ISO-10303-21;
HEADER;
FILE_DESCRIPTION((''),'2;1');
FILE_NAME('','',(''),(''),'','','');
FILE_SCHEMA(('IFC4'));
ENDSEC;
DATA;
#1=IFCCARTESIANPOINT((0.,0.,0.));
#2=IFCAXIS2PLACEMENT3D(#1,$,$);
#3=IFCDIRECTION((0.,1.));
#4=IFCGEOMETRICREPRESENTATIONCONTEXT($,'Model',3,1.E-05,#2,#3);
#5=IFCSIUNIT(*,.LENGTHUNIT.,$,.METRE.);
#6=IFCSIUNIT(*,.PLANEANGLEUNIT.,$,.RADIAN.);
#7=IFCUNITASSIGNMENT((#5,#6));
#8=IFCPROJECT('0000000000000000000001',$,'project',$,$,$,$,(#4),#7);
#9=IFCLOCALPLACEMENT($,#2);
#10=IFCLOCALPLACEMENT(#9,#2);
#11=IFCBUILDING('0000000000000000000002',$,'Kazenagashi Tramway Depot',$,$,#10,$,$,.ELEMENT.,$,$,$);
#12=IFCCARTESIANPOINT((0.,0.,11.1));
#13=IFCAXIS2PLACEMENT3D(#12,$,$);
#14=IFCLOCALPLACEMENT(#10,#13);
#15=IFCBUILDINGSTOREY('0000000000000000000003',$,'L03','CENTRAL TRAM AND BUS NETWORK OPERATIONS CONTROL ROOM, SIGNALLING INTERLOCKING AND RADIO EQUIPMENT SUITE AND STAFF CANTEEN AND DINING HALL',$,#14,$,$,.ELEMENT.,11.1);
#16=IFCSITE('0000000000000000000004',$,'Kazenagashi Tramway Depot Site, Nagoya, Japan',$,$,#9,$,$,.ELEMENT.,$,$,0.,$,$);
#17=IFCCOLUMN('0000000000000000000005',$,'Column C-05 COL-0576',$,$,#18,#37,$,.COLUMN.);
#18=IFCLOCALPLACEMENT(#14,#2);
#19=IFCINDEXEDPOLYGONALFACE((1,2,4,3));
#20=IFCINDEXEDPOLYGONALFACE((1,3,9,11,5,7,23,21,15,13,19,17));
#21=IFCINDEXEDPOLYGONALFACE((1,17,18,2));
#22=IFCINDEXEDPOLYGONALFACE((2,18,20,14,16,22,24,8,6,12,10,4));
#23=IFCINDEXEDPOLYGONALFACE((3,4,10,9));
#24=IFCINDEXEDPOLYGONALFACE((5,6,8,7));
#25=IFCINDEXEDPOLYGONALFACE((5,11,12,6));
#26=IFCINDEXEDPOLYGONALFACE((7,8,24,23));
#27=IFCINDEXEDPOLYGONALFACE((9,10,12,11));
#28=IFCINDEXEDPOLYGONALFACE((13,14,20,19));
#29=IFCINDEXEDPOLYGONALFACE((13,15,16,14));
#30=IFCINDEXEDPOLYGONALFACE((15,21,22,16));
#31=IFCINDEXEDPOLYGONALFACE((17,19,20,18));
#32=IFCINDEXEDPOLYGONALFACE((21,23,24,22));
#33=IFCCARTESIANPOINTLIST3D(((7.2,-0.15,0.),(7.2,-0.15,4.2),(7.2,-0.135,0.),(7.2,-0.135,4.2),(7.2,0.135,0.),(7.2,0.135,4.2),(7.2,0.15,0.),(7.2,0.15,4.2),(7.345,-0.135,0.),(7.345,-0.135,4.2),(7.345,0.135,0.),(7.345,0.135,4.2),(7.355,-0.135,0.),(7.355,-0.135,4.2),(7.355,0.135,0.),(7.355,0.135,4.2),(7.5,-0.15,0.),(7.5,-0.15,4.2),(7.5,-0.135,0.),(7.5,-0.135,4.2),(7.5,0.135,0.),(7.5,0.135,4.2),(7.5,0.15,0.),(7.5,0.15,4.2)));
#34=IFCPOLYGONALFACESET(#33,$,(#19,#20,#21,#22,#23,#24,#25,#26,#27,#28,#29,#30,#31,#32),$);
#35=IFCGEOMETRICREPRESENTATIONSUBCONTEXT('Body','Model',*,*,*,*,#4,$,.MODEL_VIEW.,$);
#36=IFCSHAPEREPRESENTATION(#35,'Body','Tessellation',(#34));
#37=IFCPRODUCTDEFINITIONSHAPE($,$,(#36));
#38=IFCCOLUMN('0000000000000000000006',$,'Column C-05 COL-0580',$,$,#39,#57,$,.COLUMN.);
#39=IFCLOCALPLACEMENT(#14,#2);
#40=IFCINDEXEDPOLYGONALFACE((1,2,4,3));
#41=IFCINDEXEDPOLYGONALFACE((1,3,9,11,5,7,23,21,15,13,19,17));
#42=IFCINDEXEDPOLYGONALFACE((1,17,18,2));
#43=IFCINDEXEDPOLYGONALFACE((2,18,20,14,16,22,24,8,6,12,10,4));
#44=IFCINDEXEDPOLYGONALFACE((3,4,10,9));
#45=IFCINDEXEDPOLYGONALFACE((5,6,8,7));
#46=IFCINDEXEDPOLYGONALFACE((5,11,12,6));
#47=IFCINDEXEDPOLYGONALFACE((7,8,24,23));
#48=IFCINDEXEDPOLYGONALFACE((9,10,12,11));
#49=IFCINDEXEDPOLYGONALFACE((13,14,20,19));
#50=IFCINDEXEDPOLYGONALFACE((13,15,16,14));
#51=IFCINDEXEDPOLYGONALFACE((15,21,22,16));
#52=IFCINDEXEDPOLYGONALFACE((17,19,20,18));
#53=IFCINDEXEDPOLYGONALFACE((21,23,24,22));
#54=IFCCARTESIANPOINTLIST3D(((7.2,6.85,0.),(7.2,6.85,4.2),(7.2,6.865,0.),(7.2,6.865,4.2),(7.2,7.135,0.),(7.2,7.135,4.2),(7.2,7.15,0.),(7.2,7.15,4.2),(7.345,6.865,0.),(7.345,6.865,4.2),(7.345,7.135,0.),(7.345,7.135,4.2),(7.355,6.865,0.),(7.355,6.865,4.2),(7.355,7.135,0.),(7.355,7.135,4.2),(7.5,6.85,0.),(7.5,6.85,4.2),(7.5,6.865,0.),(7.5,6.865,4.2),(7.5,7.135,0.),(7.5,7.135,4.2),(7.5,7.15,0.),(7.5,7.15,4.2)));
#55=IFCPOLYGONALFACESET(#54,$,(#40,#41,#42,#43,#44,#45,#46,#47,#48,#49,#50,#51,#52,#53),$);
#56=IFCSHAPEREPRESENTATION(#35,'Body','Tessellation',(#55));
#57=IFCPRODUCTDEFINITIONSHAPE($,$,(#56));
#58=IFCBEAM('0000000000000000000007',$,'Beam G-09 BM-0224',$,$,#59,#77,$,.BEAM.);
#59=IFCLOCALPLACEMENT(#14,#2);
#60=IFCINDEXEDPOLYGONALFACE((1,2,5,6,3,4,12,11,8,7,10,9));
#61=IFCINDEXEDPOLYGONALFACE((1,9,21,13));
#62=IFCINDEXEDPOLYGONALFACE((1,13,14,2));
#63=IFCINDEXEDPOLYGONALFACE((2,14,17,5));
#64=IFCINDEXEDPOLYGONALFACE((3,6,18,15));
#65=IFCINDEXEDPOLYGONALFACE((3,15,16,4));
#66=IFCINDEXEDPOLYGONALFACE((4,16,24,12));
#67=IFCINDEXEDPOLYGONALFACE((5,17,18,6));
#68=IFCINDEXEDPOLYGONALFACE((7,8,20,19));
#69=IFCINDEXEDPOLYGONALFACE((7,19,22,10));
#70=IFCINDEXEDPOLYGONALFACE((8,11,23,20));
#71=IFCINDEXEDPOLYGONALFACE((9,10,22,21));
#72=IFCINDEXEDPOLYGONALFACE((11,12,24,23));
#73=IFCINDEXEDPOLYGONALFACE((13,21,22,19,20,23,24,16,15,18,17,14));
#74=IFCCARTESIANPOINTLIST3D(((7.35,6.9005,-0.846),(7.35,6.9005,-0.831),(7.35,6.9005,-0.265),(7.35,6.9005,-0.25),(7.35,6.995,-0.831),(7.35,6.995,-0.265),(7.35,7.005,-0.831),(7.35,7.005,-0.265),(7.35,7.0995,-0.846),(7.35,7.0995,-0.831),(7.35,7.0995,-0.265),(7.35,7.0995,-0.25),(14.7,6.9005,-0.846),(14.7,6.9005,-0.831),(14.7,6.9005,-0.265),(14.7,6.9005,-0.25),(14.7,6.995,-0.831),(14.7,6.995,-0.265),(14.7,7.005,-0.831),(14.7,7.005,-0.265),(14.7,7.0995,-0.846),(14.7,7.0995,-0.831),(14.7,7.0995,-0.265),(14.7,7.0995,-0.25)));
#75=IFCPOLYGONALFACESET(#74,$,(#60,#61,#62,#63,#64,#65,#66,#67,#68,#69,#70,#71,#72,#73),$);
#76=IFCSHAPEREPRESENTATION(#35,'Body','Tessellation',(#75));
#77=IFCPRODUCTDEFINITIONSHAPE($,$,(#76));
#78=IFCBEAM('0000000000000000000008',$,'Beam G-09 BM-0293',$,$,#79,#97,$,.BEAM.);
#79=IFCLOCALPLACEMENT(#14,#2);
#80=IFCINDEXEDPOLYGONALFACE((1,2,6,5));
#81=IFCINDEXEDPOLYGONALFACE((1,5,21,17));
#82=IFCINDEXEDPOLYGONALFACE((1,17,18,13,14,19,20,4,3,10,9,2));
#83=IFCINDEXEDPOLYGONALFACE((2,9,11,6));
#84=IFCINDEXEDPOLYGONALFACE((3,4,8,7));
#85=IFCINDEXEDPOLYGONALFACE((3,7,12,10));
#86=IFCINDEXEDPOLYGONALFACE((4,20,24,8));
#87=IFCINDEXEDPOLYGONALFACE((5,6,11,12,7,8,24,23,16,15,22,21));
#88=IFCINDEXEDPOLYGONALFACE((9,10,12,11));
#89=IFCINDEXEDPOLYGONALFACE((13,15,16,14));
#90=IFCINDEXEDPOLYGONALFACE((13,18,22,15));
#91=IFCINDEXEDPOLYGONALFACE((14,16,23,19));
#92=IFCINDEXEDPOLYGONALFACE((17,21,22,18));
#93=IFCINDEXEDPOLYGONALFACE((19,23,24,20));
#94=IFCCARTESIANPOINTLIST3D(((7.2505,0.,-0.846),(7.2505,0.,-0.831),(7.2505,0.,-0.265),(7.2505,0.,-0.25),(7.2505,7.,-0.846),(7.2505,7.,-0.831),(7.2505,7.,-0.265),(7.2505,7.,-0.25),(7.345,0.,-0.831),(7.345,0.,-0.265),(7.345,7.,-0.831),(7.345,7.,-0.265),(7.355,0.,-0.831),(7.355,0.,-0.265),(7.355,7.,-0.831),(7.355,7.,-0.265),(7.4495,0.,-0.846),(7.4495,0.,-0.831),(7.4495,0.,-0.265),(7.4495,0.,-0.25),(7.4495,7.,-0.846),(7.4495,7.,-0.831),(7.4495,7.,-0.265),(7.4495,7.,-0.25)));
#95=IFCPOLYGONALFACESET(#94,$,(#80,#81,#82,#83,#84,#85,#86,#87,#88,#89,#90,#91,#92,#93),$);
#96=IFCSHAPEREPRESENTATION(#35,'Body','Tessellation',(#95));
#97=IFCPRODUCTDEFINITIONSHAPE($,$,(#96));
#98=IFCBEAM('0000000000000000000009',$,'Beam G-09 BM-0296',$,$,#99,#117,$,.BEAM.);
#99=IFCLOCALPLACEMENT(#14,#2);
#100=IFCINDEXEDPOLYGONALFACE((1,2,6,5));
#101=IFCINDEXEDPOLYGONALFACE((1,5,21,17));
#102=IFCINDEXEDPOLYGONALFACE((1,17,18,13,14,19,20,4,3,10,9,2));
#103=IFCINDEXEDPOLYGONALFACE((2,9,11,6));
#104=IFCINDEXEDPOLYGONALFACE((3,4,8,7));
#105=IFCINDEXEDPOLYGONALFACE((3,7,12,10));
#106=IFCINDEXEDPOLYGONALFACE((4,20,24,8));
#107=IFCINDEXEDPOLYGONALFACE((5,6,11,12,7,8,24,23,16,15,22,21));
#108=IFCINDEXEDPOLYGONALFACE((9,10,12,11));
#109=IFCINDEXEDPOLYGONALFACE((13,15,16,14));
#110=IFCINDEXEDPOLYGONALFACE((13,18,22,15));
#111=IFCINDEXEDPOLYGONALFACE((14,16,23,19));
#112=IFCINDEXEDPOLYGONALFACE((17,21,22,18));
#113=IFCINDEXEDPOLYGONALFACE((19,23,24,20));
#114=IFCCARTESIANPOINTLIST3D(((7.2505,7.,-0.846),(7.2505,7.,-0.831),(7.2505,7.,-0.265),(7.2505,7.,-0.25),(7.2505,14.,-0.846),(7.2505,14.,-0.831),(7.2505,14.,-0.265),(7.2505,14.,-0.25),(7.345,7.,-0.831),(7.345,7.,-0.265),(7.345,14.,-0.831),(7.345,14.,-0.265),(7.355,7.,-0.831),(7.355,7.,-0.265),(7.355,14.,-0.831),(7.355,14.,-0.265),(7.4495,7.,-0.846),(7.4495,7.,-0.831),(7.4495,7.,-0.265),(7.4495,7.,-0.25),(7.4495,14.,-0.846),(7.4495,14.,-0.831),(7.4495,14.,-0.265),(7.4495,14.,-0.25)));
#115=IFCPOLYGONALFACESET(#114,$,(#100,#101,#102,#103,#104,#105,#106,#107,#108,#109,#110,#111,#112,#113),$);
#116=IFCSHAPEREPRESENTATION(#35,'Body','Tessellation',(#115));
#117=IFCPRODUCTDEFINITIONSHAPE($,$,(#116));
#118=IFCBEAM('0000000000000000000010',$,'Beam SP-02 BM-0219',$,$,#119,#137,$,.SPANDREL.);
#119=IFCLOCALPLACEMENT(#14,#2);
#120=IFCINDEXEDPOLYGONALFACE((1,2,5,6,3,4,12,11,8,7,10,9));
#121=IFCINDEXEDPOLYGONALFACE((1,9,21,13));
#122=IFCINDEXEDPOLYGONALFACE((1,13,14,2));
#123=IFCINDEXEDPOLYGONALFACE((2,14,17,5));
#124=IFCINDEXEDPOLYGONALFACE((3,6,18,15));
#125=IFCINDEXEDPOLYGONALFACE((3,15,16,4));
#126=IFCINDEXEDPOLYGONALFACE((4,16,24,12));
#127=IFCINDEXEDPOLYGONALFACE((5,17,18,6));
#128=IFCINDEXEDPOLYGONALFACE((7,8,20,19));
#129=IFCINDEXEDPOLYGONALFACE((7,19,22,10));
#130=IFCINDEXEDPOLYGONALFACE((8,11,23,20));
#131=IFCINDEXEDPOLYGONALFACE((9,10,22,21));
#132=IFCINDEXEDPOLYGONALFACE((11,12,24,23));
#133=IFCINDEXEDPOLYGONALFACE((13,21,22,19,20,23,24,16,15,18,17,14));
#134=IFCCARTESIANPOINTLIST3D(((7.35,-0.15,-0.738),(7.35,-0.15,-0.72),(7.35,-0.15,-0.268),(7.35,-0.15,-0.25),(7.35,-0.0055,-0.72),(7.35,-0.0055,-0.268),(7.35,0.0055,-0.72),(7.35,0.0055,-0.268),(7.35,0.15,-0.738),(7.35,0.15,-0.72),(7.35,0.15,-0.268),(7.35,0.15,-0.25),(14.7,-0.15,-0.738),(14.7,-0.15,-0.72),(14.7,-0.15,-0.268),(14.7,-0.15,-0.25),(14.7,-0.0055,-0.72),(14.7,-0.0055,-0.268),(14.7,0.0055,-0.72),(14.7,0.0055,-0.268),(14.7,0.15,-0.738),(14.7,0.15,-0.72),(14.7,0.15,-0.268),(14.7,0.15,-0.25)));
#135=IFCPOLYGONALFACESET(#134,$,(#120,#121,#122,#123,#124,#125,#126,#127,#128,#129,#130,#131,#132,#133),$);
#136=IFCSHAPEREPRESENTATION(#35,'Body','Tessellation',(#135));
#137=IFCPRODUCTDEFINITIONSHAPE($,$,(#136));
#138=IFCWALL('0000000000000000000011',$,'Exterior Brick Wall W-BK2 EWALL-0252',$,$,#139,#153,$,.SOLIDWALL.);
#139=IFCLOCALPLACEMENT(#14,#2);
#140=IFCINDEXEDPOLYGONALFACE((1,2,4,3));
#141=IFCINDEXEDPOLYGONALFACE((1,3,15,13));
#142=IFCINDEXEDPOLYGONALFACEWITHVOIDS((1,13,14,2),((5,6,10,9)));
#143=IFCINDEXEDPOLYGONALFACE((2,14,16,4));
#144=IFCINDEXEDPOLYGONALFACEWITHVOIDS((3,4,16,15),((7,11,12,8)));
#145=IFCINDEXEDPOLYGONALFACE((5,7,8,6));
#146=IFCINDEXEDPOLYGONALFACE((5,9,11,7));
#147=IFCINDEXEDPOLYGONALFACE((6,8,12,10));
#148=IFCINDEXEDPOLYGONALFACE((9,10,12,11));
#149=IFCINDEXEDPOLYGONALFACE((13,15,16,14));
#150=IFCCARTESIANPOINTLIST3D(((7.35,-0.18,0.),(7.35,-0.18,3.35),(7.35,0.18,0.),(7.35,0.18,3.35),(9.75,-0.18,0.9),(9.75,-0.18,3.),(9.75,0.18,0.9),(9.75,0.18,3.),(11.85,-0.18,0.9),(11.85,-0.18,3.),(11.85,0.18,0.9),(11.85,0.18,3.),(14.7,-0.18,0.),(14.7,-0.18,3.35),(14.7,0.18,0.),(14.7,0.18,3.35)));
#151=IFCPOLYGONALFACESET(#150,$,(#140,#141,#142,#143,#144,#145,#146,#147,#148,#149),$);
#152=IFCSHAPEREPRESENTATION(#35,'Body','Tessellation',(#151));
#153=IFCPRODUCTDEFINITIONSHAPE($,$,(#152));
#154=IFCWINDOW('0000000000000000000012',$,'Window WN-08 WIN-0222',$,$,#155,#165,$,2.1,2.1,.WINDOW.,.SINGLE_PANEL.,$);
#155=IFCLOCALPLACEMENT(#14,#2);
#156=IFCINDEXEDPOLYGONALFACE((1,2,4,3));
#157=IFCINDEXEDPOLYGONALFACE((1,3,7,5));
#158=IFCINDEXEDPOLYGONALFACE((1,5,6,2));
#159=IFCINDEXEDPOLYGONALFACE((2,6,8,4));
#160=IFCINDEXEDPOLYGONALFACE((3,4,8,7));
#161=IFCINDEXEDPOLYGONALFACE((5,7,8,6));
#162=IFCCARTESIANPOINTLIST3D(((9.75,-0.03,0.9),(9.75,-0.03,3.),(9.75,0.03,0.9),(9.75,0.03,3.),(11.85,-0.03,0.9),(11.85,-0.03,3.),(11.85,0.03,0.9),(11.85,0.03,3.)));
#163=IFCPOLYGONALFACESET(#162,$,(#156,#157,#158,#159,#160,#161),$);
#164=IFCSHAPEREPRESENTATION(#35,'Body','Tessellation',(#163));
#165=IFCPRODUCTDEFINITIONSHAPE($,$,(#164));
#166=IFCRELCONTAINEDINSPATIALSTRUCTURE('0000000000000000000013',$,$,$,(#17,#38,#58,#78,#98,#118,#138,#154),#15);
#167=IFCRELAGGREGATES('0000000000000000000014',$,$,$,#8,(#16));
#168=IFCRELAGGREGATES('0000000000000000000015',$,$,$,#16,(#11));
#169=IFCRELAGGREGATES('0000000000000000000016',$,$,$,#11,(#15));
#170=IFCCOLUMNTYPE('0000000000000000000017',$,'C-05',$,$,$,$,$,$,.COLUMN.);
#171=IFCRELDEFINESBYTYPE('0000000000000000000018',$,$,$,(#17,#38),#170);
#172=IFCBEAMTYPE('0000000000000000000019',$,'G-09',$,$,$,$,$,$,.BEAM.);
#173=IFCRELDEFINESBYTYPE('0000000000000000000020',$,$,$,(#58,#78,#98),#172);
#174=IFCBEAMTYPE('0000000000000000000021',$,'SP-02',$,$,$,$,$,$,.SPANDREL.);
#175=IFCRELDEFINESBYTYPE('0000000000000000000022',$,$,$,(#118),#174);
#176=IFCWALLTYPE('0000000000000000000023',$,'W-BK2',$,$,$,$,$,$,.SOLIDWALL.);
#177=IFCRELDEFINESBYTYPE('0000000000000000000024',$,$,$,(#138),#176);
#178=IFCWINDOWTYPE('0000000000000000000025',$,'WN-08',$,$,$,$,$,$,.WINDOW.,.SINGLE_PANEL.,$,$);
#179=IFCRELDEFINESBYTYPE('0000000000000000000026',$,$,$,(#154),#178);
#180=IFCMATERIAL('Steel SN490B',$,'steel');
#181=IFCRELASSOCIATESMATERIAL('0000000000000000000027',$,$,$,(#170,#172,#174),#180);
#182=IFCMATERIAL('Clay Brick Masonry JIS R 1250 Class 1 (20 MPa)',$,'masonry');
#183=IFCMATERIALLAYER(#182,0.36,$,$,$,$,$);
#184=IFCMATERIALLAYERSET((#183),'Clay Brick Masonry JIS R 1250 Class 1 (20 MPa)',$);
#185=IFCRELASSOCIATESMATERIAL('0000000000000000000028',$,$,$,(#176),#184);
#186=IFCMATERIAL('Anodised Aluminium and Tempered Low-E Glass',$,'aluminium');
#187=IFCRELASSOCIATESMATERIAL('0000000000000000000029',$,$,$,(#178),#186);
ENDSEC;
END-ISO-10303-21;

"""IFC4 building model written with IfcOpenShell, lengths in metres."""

from ifc_helpers import new_model, si_unit, direction, frame, frame_2d, origin, origin_2d, place, context, subcontext, project, spatial, rectangle, i_section, extrude, material, layer, layer_set, material_profile, profile_set, type_object, element, fill, save


model = new_model("IFC4")

# Units and contexts
model_context = context("Model", 3, precision=1e-05, world=origin(), true_north=direction((0.0, 1.0)))
body_context = subcontext(model_context, "Body", "Model", "MODEL_VIEW")
ifc_project = project(units=[si_unit("LENGTHUNIT", "METRE"), si_unit("PLANEANGLEUNIT", "RADIAN")], contexts=[model_context])

# Site, building, storey
site_placement = place(None, origin())
site = spatial("IfcSite", under=ifc_project, at=site_placement, Name="Kazenagashi Tramway Depot Site, Nagoya, Japan", CompositionType="ELEMENT", RefElevation=0.0)
building_placement = place(site_placement, origin())
building = spatial("IfcBuilding", under=site, at=building_placement, Name="Kazenagashi Tramway Depot", CompositionType="ELEMENT")
storey_placement = place(building_placement, frame((0.0, 0.0, 11.1)))
storey = spatial("IfcBuildingStorey", under=building, at=storey_placement, Name="L03", Description="CENTRAL TRAM AND BUS NETWORK OPERATIONS CONTROL ROOM, SIGNALLING INTERLOCKING AND RADIO EQUIPMENT SUITE AND STAFF CANTEEN AND DINING HALL", CompositionType="ELEMENT", Elevation=11.1)

# Columns
ifc_material_1 = material(Name="Steel SN490B", Category="steel")
ifc_material_profile_1 = material_profile(ifc_material_1, i_section(OverallWidth=0.3, OverallDepth=0.3, WebThickness=0.01, FlangeThickness=0.015, at=origin_2d()), Name="H-300x300x10x15")
ifc_profile_set_1 = profile_set([ifc_material_profile_1], Name="Steel SN490B")
column_type = type_object("IfcColumnType", Name="C-05", PredefinedType="COLUMN", material=ifc_profile_set_1)
for number, where, z_axis, x_axis, name in (
    (1, (7.35, 0.0, 0.0), (0.0, 0.0, 1.0), (1.0, 0.0, 0.0), "Column C-05 COL-0576"),
    (2, (7.35, 7.0, 0.0), (0.0, 0.0, 1.0), (1.0, 0.0, 0.0), "Column C-05 COL-0580"),
):
    element("IfcColumn", number, at=place(storey_placement, frame(where, z_axis=z_axis, x_axis=x_axis)), inside=storey, type_object=column_type, Name=name, PredefinedType="COLUMN", context=body_context, shape_type="SweptSolid", body=[
        extrude(i_section(OverallWidth=0.3, OverallDepth=0.3, WebThickness=0.01, FlangeThickness=0.015, at=origin_2d()), origin(), (0.0, 0.0, 1.0), 4.2),
    ])

# Beams
ifc_material_profile_2 = material_profile(ifc_material_1, i_section(OverallWidth=0.199, OverallDepth=0.596, WebThickness=0.01, FlangeThickness=0.015, at=origin_2d()), Name="H-596x199x10x15")
ifc_profile_set_2 = profile_set([ifc_material_profile_2], Name="Steel SN490B")
beam_type_1 = type_object("IfcBeamType", Name="G-09", PredefinedType="BEAM", material=ifc_profile_set_2)
beam_1_placement = place(storey_placement, frame((7.35, 7.0, -0.548), z_axis=(1.0, 0.0, 0.0), x_axis=(0.0, 1.0, 0.0)))
element("IfcBeam", 3, at=beam_1_placement, inside=storey, type_object=beam_type_1, Name="Beam G-09 BM-0224", PredefinedType="BEAM", context=body_context, shape_type="SweptSolid", body=[
    extrude(i_section(OverallWidth=0.199, OverallDepth=0.596, WebThickness=0.01, FlangeThickness=0.015, at=origin_2d()), origin(), (0.0, 0.0, 1.0), 7.35),
])
for number, where, z_axis, x_axis, name in (
    (4, (7.35, 0.0, -0.548), (0.0, 1.0, 0.0), (-1.0, 0.0, 0.0), "Beam G-09 BM-0293"),
    (5, (7.35, 7.0, -0.548), (0.0, 1.0, 0.0), (-1.0, 0.0, 0.0), "Beam G-09 BM-0296"),
):
    element("IfcBeam", number, at=place(storey_placement, frame(where, z_axis=z_axis, x_axis=x_axis)), inside=storey, type_object=beam_type_1, Name=name, PredefinedType="BEAM", context=body_context, shape_type="SweptSolid", body=[
        extrude(i_section(OverallWidth=0.199, OverallDepth=0.596, WebThickness=0.01, FlangeThickness=0.015, at=origin_2d()), origin(), (0.0, 0.0, 1.0), 7.0),
    ])
ifc_material_profile_3 = material_profile(ifc_material_1, i_section(OverallWidth=0.3, OverallDepth=0.488, WebThickness=0.011, FlangeThickness=0.018, at=origin_2d()), Name="H-488x300x11x18")
ifc_profile_set_3 = profile_set([ifc_material_profile_3], Name="Steel SN490B")
beam_type_2 = type_object("IfcBeamType", Name="SP-02", PredefinedType="SPANDREL", material=ifc_profile_set_3)
beam_2_placement = place(storey_placement, frame((7.35, 0.0, -0.494), z_axis=(1.0, 0.0, 0.0), x_axis=(0.0, 1.0, 0.0)))
element("IfcBeam", 6, at=beam_2_placement, inside=storey, type_object=beam_type_2, Name="Beam SP-02 BM-0219", PredefinedType="SPANDREL", context=body_context, shape_type="SweptSolid", body=[
    extrude(i_section(OverallWidth=0.3, OverallDepth=0.488, WebThickness=0.011, FlangeThickness=0.018, at=origin_2d()), origin(), (0.0, 0.0, 1.0), 7.35),
])

# Wall, opening, window
ifc_material_2 = material(Name="Clay Brick Masonry JIS R 1250 Class 1 (20 MPa)", Category="masonry")
ifc_layer_1 = layer(ifc_material_2, 0.36)
ifc_layer_set_1 = layer_set([ifc_layer_1], Name="Clay Brick Masonry JIS R 1250 Class 1 (20 MPa)")
wall_type_1 = type_object("IfcWallType", Name="W-BK2", PredefinedType="SOLIDWALL", material=ifc_layer_set_1)
wall_1_placement = place(storey_placement, frame((7.35, 0.0, 0.0), z_axis=(0.0, 0.0, 1.0), x_axis=(1.0, 0.0, 0.0)))
wall_1 = element("IfcWall", 7, at=wall_1_placement, inside=storey, type_object=wall_type_1, Name="Exterior Brick Wall W-BK2 EWALL-0252", PredefinedType="SOLIDWALL", context=body_context, shape_type="SweptSolid", body=[
    extrude(rectangle(XDim=7.35, YDim=0.36, at=frame_2d((3.675, 0.0))), origin(), (0.0, 0.0, 1.0), 3.35),
])
opening_1_placement = place(wall_1_placement, frame((2.4, 0.0, 0.9)))
opening_1 = element("IfcOpeningElement", 8, at=opening_1_placement, cuts=wall_1, PredefinedType="OPENING", context=body_context, shape_type="SweptSolid", body=[
    extrude(rectangle(XDim=2.1, YDim=2.1, at=frame_2d((1.05, 1.05))), frame((0.0, 0.19, 0.0), z_axis=(0.0, -1.0, 0.0), x_axis=(1.0, 0.0, 0.0)), (0.0, 0.0, 1.0), 0.38),
])
ifc_material_3 = material(Name="Anodised Aluminium and Tempered Low-E Glass", Category="aluminium")
window_type = type_object("IfcWindowType", Name="WN-08", PartitioningType="SINGLE_PANEL", PredefinedType="WINDOW", material=ifc_material_3)
window_placement = place(opening_1_placement, origin())
window = element("IfcWindow", 9, at=window_placement, inside=storey, type_object=window_type, Name="Window WN-08 WIN-0222", OverallHeight=2.1, OverallWidth=2.1, PartitioningType="SINGLE_PANEL", PredefinedType="WINDOW", context=body_context, shape_type="SweptSolid", body=[
    extrude(rectangle(XDim=2.1, YDim=2.1, at=frame_2d((1.05, 1.05))), frame((0.0, 0.03, 0.0), z_axis=(0.0, -1.0, 0.0), x_axis=(1.0, 0.0, 0.0)), (0.0, 0.0, 1.0), 0.06),
])
fill(opening_1, window)

save(model, "model.ifc")
